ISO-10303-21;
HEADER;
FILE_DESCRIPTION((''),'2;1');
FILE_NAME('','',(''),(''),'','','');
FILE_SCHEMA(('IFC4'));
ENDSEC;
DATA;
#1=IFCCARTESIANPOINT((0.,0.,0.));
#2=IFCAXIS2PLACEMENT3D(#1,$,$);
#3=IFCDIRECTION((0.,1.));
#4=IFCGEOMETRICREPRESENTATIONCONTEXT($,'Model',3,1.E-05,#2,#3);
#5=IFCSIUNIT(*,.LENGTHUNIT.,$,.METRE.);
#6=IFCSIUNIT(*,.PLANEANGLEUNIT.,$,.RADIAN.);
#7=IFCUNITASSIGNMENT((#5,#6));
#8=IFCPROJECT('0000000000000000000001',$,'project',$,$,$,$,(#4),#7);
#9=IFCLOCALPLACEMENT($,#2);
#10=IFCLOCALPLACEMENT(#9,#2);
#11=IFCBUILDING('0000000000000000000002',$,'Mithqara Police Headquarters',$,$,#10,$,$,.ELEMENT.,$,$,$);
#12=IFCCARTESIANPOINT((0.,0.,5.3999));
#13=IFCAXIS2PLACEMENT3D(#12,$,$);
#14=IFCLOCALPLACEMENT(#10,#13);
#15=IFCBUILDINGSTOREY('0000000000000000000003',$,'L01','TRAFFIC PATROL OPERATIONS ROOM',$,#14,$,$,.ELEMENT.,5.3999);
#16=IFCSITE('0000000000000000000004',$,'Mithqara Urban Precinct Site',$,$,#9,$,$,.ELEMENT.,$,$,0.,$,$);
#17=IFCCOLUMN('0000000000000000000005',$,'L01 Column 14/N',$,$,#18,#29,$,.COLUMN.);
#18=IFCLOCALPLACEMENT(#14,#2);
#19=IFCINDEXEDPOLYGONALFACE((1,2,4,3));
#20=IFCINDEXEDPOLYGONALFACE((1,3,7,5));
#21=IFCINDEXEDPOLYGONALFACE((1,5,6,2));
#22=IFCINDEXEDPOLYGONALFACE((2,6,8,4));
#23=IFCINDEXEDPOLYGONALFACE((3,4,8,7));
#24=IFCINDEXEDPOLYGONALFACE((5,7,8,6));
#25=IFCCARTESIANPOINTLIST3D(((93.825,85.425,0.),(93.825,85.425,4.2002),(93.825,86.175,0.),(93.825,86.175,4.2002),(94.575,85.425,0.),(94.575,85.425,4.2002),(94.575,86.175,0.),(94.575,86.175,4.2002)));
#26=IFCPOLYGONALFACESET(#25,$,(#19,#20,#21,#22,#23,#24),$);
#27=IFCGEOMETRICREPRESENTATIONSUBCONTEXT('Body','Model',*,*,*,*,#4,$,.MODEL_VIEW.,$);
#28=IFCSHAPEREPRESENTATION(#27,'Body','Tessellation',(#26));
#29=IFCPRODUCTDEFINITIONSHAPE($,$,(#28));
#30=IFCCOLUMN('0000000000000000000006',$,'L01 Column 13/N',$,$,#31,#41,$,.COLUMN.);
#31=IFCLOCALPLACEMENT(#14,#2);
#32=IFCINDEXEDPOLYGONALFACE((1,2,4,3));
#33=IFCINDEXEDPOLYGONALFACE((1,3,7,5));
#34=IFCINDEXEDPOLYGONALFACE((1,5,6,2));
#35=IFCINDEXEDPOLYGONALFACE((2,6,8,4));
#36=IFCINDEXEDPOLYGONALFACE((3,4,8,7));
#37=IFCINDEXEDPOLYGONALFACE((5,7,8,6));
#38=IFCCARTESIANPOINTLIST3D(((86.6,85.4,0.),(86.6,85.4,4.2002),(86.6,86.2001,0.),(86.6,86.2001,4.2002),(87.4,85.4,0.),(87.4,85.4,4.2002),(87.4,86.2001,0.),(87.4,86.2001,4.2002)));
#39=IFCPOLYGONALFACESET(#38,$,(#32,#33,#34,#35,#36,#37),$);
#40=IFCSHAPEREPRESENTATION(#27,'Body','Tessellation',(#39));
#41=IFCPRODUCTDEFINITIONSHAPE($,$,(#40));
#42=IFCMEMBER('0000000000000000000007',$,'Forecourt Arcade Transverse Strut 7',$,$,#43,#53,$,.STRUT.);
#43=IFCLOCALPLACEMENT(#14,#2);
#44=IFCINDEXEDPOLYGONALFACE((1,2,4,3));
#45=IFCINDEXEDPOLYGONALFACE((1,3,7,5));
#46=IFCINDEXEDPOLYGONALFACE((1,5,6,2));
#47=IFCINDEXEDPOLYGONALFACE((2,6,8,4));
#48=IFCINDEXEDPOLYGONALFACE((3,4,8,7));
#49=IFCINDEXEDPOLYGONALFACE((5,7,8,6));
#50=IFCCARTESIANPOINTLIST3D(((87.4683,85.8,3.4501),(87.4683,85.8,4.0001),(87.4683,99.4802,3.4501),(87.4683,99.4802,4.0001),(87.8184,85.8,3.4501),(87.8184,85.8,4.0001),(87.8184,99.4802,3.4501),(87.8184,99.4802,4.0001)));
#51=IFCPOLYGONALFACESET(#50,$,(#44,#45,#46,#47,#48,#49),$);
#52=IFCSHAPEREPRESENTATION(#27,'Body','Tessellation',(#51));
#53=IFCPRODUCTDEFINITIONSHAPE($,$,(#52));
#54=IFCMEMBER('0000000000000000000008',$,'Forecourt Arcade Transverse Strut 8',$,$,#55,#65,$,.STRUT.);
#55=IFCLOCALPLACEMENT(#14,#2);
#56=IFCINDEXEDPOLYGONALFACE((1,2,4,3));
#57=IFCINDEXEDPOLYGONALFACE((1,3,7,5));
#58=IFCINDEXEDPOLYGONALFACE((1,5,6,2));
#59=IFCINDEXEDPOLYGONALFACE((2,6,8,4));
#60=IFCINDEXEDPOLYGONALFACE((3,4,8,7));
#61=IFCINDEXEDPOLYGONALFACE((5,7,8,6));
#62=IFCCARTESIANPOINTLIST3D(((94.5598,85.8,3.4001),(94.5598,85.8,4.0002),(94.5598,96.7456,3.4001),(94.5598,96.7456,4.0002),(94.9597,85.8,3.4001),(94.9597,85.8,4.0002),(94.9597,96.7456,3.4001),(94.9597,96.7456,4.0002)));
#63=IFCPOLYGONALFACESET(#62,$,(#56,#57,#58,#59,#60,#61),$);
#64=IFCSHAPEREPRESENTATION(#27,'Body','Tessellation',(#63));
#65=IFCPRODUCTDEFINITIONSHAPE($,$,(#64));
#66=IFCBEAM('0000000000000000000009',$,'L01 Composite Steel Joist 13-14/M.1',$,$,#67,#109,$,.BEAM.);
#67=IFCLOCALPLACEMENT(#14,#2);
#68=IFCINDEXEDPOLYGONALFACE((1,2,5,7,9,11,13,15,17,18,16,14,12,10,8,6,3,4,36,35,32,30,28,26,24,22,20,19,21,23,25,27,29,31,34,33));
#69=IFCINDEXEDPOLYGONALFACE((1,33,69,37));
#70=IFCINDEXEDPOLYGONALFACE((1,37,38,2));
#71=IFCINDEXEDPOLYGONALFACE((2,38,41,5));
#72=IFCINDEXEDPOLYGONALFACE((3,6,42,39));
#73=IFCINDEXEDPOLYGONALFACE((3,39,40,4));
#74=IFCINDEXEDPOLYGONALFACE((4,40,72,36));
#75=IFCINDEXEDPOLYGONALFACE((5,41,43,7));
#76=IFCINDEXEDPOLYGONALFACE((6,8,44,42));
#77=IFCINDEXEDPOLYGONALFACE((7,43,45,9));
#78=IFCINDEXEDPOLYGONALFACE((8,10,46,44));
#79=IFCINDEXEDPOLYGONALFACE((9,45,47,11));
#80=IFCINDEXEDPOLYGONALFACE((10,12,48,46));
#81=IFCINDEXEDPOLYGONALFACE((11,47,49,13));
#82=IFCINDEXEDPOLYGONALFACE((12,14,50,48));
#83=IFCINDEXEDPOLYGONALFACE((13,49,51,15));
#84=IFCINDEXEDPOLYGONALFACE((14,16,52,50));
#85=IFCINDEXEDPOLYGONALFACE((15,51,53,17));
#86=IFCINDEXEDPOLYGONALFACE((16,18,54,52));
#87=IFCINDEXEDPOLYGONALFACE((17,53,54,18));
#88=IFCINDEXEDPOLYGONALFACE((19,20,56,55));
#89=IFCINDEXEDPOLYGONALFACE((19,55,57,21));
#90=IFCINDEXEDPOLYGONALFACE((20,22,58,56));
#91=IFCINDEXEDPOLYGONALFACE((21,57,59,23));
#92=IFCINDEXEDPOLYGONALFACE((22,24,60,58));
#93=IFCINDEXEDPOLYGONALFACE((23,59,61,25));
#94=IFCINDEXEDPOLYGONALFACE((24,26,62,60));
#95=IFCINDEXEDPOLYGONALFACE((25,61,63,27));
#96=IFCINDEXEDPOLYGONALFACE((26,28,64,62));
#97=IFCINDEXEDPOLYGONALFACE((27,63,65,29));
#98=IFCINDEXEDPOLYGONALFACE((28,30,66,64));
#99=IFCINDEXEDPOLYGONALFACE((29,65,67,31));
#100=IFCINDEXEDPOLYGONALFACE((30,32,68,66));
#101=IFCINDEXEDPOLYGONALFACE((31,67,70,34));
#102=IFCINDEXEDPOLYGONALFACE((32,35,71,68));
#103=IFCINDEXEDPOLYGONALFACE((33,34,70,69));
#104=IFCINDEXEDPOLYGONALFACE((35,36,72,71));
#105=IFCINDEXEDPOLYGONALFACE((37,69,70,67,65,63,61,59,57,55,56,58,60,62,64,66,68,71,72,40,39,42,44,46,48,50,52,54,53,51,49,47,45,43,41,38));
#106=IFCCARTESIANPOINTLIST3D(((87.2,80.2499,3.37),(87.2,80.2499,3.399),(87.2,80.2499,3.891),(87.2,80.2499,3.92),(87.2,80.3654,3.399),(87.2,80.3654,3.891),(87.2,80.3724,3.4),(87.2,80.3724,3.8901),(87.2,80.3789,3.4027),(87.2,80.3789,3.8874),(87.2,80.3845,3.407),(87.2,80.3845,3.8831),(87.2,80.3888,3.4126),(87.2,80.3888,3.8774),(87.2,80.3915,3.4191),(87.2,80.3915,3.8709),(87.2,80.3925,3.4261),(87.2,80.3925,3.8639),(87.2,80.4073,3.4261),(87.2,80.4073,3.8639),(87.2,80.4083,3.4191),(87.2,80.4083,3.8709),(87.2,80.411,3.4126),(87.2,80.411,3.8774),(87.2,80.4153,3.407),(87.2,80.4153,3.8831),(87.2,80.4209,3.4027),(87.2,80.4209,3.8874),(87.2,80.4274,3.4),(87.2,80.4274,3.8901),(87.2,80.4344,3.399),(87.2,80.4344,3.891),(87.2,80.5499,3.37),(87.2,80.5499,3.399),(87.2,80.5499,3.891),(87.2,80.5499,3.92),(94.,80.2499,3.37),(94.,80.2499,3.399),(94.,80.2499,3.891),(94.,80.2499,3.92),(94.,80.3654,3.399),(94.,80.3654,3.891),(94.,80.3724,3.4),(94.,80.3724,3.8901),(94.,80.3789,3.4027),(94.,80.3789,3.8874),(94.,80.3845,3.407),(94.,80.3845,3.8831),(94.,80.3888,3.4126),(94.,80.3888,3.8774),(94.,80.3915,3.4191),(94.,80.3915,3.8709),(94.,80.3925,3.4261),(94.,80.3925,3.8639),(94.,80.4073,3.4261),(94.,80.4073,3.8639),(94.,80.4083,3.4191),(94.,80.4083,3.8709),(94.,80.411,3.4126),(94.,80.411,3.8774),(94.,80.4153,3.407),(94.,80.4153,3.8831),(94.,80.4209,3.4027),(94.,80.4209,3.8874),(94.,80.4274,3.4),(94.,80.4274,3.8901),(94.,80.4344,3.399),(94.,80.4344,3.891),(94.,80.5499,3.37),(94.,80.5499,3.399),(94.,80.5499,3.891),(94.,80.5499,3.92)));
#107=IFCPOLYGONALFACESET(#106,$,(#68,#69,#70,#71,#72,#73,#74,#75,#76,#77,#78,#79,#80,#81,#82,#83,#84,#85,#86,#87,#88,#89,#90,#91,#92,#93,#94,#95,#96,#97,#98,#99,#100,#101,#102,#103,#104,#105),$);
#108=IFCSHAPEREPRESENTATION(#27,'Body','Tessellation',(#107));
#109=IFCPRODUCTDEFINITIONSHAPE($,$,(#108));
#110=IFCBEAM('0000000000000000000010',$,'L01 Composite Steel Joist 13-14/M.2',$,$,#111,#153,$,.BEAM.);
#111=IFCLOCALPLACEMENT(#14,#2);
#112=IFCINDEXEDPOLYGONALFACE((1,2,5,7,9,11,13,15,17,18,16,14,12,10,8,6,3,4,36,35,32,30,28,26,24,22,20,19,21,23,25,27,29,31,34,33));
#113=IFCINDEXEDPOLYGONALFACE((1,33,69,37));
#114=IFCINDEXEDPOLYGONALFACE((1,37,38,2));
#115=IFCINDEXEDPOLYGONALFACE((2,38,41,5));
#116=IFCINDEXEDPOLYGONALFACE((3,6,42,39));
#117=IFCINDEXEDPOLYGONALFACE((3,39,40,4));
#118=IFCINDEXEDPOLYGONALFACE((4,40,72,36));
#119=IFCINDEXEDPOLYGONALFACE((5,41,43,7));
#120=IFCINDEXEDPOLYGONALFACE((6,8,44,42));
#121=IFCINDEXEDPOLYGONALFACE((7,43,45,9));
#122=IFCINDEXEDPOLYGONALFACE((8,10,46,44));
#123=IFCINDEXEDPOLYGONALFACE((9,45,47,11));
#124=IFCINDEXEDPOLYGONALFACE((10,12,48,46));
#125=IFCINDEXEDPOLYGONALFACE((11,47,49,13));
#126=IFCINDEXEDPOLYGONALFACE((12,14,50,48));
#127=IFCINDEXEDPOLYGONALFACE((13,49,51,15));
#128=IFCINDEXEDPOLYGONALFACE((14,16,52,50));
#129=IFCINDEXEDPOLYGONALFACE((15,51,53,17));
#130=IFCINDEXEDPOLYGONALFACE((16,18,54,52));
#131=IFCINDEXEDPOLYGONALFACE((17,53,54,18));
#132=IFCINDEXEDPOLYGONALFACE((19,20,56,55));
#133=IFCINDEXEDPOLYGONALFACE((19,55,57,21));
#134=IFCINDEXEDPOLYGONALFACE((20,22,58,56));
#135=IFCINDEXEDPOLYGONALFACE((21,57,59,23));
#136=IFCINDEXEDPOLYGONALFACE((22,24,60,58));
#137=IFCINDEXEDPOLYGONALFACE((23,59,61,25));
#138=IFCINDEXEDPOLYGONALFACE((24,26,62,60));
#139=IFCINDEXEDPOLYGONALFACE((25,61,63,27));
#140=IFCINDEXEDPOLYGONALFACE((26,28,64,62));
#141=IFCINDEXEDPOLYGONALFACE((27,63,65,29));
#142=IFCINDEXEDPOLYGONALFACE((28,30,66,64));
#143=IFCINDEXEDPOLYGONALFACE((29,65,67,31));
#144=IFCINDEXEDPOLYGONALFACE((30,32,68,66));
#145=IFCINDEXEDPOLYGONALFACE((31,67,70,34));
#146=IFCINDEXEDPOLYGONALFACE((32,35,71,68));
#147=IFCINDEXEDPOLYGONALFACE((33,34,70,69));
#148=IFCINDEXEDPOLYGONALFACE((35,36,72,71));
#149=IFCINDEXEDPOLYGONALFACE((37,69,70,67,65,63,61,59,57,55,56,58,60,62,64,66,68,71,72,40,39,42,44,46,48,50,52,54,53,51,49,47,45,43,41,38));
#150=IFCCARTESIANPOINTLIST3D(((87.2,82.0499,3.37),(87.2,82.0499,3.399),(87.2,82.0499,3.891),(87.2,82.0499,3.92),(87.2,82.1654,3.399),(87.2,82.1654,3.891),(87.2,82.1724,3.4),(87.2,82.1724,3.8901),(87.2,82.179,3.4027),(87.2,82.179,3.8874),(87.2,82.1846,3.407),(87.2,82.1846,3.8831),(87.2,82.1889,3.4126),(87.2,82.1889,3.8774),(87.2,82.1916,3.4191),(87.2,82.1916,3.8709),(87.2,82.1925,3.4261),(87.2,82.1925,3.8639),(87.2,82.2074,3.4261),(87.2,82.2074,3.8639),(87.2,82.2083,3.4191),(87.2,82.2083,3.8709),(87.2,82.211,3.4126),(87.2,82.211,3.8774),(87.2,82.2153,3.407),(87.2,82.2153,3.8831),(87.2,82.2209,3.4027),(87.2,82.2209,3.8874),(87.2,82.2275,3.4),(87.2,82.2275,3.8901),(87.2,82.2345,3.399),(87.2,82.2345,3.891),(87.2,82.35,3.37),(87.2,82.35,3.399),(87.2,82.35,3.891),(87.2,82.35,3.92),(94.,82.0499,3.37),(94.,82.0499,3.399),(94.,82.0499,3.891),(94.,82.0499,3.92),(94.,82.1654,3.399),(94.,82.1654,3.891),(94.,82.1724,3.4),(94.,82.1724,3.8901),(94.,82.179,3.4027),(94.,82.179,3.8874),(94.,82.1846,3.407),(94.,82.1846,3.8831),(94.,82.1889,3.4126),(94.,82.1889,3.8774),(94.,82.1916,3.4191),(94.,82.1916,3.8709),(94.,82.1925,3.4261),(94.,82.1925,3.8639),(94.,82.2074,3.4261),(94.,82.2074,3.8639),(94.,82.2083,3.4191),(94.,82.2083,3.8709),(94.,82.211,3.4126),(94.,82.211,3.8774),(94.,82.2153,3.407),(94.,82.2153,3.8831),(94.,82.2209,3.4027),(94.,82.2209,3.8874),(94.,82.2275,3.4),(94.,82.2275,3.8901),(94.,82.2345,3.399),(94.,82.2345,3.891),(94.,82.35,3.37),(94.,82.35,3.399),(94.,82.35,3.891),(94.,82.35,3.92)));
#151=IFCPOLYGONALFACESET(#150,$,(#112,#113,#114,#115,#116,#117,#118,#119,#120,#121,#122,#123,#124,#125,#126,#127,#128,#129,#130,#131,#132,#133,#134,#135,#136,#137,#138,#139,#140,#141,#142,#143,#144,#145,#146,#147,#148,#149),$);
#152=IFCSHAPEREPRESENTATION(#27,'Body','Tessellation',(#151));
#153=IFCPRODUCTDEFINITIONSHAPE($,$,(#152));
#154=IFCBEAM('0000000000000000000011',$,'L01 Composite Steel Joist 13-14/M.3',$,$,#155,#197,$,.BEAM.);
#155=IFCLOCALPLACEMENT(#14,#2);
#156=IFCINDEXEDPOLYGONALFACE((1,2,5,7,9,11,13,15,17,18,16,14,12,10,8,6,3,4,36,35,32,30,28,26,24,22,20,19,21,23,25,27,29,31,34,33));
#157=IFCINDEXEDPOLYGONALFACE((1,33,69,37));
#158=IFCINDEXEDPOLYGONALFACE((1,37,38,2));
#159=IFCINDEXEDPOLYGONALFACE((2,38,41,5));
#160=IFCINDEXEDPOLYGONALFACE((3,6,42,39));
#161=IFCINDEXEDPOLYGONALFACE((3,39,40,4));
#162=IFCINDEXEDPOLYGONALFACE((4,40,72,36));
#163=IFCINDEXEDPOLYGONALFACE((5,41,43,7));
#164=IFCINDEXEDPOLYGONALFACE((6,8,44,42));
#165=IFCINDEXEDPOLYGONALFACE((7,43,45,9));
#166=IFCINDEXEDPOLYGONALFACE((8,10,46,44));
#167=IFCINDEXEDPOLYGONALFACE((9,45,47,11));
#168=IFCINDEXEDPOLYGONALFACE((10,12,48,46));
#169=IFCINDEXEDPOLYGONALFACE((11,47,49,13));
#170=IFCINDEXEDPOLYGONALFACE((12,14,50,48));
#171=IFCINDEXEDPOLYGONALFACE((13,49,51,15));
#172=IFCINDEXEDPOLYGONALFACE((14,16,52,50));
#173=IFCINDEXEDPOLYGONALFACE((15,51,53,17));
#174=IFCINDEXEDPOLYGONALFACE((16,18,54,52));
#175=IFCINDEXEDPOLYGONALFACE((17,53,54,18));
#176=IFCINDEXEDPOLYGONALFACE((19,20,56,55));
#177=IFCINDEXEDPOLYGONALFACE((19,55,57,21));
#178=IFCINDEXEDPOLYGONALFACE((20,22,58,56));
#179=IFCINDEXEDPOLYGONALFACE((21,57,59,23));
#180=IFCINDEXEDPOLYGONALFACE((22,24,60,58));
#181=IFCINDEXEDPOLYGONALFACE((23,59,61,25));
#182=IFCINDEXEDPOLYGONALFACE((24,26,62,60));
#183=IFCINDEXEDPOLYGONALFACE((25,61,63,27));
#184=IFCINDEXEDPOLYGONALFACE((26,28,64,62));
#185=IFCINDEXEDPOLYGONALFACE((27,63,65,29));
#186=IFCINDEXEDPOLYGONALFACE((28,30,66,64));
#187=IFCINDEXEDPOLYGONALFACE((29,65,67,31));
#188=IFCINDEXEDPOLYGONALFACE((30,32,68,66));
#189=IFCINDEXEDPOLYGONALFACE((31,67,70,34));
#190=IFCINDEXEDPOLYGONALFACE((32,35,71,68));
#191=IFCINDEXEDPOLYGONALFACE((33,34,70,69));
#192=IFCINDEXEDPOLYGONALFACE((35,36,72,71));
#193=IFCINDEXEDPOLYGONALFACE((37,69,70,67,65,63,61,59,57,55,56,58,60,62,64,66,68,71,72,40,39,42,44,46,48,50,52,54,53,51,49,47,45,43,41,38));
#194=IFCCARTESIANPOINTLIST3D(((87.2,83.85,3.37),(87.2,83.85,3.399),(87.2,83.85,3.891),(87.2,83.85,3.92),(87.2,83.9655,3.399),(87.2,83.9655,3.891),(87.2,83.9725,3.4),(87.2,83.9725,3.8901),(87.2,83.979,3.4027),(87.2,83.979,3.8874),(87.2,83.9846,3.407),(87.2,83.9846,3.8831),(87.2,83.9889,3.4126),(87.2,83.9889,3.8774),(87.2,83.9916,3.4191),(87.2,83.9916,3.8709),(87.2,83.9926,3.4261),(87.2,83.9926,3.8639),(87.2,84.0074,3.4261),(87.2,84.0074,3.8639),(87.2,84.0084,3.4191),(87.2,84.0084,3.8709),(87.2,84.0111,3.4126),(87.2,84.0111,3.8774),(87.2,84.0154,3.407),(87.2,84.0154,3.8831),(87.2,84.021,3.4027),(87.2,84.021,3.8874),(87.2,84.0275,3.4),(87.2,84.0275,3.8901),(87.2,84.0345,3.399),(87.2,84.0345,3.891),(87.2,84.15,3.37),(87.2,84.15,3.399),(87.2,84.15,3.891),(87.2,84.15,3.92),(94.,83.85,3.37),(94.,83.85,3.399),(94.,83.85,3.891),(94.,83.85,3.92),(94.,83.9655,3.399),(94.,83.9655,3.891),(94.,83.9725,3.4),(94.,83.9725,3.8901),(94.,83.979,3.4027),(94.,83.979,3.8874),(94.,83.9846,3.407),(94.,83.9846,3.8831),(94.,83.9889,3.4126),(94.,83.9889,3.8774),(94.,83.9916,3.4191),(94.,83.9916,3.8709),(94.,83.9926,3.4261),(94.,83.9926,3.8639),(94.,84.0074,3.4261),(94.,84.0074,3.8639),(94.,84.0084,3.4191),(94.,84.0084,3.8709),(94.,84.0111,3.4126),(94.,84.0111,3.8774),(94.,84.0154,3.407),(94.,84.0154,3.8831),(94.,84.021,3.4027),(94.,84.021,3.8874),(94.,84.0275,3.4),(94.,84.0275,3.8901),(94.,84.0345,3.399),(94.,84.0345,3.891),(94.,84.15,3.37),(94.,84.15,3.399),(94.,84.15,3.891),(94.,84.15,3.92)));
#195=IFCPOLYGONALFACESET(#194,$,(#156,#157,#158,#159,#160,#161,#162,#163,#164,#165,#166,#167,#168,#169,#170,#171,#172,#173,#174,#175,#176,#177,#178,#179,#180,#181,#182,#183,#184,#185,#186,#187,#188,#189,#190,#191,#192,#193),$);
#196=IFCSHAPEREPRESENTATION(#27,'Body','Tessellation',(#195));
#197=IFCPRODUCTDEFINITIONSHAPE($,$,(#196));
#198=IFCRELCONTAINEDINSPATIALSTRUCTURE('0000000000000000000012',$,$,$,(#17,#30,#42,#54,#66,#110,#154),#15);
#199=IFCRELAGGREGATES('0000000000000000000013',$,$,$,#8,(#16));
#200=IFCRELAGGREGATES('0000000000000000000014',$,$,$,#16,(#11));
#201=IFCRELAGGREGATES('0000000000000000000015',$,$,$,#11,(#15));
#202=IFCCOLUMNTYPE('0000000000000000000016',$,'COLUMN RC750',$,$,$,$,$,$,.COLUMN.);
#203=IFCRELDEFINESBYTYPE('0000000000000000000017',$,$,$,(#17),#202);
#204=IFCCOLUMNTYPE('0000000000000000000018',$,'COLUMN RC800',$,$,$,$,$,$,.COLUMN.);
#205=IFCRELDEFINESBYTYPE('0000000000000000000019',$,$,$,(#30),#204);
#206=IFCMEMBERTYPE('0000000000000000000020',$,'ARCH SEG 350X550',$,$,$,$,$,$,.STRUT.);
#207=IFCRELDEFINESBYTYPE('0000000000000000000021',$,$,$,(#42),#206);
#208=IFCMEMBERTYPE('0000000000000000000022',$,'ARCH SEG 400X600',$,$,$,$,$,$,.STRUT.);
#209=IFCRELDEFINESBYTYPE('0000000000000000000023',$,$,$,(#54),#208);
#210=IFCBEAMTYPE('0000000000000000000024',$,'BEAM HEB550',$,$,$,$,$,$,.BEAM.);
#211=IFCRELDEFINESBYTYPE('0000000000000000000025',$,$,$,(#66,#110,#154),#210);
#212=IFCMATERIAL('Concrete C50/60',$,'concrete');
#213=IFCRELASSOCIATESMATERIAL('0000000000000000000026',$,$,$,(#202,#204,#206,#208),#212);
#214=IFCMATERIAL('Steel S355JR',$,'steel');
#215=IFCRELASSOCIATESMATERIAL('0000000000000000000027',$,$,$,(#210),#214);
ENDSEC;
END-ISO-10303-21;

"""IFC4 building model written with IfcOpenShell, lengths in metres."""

from ifc_helpers import new_model, si_unit, direction, frame, origin, origin_2d, place, context, subcontext, project, spatial, rectangle, i_section, extrude, material, material_profile, profile_set, type_object, element, save


model = new_model("IFC4")

# Units and contexts
model_context = context("Model", 3, precision=1e-05, world=origin(), true_north=direction((0.0, 1.0)))
body_context = subcontext(model_context, "Body", "Model", "MODEL_VIEW")
ifc_project = project(units=[si_unit("LENGTHUNIT", "METRE"), si_unit("PLANEANGLEUNIT", "RADIAN")], contexts=[model_context])

# Site, building, storey
site_placement = place(None, origin())
site = spatial("IfcSite", under=ifc_project, at=site_placement, Name="Mithqara Urban Precinct Site", CompositionType="ELEMENT", RefElevation=0.0)
building_placement = place(site_placement, origin())
building = spatial("IfcBuilding", under=site, at=building_placement, Name="Mithqara Police Headquarters", CompositionType="ELEMENT")
storey_placement = place(building_placement, frame((0.0, 0.0, 5.3999)))
storey = spatial("IfcBuildingStorey", under=building, at=storey_placement, Name="L01", Description="TRAFFIC PATROL OPERATIONS ROOM", CompositionType="ELEMENT", Elevation=5.3999)

# Columns
ifc_material_1 = material(Name="Concrete C50/60", Category="concrete")
ifc_material_profile_1 = material_profile(ifc_material_1, rectangle(XDim=0.75, YDim=0.75, at=origin_2d()), Name="RC 750x750")
ifc_profile_set_1 = profile_set([ifc_material_profile_1], Name="Concrete C50/60")
column_type_1 = type_object("IfcColumnType", Name="COLUMN RC750", PredefinedType="COLUMN", material=ifc_profile_set_1)
column_1_placement = place(storey_placement, frame((94.2, 85.8, 0.0), z_axis=(0.0, 0.0, 1.0), x_axis=(1.0, 0.0, 0.0)))
element("IfcColumn", 1, at=column_1_placement, inside=storey, type_object=column_type_1, Name="L01 Column 14/N", PredefinedType="COLUMN", context=body_context, shape_type="SweptSolid", body=[
    extrude(rectangle(XDim=0.75, YDim=0.75, at=origin_2d()), origin(), (0.0, 0.0, 1.0), 4.2002),
])
ifc_material_profile_2 = material_profile(ifc_material_1, rectangle(XDim=0.8, YDim=0.8, at=origin_2d()), Name="RC 800x800")
ifc_profile_set_2 = profile_set([ifc_material_profile_2], Name="Concrete C50/60")
column_type_2 = type_object("IfcColumnType", Name="COLUMN RC800", PredefinedType="COLUMN", material=ifc_profile_set_2)
column_2_placement = place(storey_placement, frame((87.0, 85.8, 0.0), z_axis=(0.0, 0.0, 1.0), x_axis=(1.0, 0.0, 0.0)))
element("IfcColumn", 2, at=column_2_placement, inside=storey, type_object=column_type_2, Name="L01 Column 13/N", PredefinedType="COLUMN", context=body_context, shape_type="SweptSolid", body=[
    extrude(rectangle(XDim=0.8, YDim=0.8, at=origin_2d()), origin(), (0.0, 0.0, 1.0), 4.2002),
])

# Members
ifc_material_profile_3 = material_profile(ifc_material_1, rectangle(XDim=0.3501, YDim=0.55, at=origin_2d()), Name="ARC 350x550")
ifc_profile_set_3 = profile_set([ifc_material_profile_3], Name="Concrete C50/60")
member_type_1 = type_object("IfcMemberType", Name="ARCH SEG 350X550", PredefinedType="STRUT", material=ifc_profile_set_3)
member_1_placement = place(storey_placement, frame((87.6433, 85.8, 3.7251), z_axis=(0.0, 1.0, 0.0), x_axis=(-1.0, 0.0, 0.0)))
element("IfcMember", 3, at=member_1_placement, inside=storey, type_object=member_type_1, Name="Forecourt Arcade Transverse Strut 7", PredefinedType="STRUT", context=body_context, shape_type="SweptSolid", body=[
    extrude(rectangle(XDim=0.3501, YDim=0.55, at=origin_2d()), origin(), (0.0, 0.0, 1.0), 13.6802),
])
ifc_material_profile_4 = material_profile(ifc_material_1, rectangle(XDim=0.3999, YDim=0.6001, at=origin_2d()), Name="ARC 400x600")
ifc_profile_set_4 = profile_set([ifc_material_profile_4], Name="Concrete C50/60")
member_type_2 = type_object("IfcMemberType", Name="ARCH SEG 400X600", PredefinedType="STRUT", material=ifc_profile_set_4)
member_2_placement = place(storey_placement, frame((94.7598, 85.8, 3.7002), z_axis=(0.0, 1.0, 0.0), x_axis=(-1.0, 0.0, 0.0)))
element("IfcMember", 4, at=member_2_placement, inside=storey, type_object=member_type_2, Name="Forecourt Arcade Transverse Strut 8", PredefinedType="STRUT", context=body_context, shape_type="SweptSolid", body=[
    extrude(rectangle(XDim=0.3999, YDim=0.6001, at=origin_2d()), origin(), (0.0, 0.0, 1.0), 10.9456),
])

# Beams
ifc_material_2 = material(Name="Steel S355JR", Category="steel")
ifc_material_profile_5 = material_profile(ifc_material_2, i_section(OverallWidth=0.3, OverallDepth=0.55, WebThickness=0.0149, FlangeThickness=0.0291, FilletRadius=0.0271, at=origin_2d()), Name="HEB 550")
ifc_profile_set_5 = profile_set([ifc_material_profile_5], Name="Steel S355JR")
beam_type_1 = type_object("IfcBeamType", Name="BEAM HEB550", PredefinedType="BEAM", material=ifc_profile_set_5)
for number, where, z_axis, x_axis, name in (
    (5, (87.2, 80.3999, 3.645), (1.0, 0.0, 0.0), (0.0, 1.0, 0.0), "L01 Composite Steel Joist 13-14/M.1"),
    (6, (87.2, 82.2, 3.645), (1.0, 0.0, 0.0), (0.0, 1.0, 0.0), "L01 Composite Steel Joist 13-14/M.2"),
    (7, (87.2, 84.0, 3.645), (1.0, 0.0, 0.0), (0.0, 1.0, 0.0), "L01 Composite Steel Joist 13-14/M.3"),
):
    element("IfcBeam", number, at=place(storey_placement, frame(where, z_axis=z_axis, x_axis=x_axis)), inside=storey, type_object=beam_type_1, Name=name, PredefinedType="BEAM", context=body_context, shape_type="SweptSolid", body=[
        extrude(i_section(OverallWidth=0.3, OverallDepth=0.55, WebThickness=0.0149, FlangeThickness=0.0291, FilletRadius=0.0271, at=origin_2d()), origin(), (0.0, 0.0, 1.0), 6.8),
    ])

save(model, "model.ifc")
